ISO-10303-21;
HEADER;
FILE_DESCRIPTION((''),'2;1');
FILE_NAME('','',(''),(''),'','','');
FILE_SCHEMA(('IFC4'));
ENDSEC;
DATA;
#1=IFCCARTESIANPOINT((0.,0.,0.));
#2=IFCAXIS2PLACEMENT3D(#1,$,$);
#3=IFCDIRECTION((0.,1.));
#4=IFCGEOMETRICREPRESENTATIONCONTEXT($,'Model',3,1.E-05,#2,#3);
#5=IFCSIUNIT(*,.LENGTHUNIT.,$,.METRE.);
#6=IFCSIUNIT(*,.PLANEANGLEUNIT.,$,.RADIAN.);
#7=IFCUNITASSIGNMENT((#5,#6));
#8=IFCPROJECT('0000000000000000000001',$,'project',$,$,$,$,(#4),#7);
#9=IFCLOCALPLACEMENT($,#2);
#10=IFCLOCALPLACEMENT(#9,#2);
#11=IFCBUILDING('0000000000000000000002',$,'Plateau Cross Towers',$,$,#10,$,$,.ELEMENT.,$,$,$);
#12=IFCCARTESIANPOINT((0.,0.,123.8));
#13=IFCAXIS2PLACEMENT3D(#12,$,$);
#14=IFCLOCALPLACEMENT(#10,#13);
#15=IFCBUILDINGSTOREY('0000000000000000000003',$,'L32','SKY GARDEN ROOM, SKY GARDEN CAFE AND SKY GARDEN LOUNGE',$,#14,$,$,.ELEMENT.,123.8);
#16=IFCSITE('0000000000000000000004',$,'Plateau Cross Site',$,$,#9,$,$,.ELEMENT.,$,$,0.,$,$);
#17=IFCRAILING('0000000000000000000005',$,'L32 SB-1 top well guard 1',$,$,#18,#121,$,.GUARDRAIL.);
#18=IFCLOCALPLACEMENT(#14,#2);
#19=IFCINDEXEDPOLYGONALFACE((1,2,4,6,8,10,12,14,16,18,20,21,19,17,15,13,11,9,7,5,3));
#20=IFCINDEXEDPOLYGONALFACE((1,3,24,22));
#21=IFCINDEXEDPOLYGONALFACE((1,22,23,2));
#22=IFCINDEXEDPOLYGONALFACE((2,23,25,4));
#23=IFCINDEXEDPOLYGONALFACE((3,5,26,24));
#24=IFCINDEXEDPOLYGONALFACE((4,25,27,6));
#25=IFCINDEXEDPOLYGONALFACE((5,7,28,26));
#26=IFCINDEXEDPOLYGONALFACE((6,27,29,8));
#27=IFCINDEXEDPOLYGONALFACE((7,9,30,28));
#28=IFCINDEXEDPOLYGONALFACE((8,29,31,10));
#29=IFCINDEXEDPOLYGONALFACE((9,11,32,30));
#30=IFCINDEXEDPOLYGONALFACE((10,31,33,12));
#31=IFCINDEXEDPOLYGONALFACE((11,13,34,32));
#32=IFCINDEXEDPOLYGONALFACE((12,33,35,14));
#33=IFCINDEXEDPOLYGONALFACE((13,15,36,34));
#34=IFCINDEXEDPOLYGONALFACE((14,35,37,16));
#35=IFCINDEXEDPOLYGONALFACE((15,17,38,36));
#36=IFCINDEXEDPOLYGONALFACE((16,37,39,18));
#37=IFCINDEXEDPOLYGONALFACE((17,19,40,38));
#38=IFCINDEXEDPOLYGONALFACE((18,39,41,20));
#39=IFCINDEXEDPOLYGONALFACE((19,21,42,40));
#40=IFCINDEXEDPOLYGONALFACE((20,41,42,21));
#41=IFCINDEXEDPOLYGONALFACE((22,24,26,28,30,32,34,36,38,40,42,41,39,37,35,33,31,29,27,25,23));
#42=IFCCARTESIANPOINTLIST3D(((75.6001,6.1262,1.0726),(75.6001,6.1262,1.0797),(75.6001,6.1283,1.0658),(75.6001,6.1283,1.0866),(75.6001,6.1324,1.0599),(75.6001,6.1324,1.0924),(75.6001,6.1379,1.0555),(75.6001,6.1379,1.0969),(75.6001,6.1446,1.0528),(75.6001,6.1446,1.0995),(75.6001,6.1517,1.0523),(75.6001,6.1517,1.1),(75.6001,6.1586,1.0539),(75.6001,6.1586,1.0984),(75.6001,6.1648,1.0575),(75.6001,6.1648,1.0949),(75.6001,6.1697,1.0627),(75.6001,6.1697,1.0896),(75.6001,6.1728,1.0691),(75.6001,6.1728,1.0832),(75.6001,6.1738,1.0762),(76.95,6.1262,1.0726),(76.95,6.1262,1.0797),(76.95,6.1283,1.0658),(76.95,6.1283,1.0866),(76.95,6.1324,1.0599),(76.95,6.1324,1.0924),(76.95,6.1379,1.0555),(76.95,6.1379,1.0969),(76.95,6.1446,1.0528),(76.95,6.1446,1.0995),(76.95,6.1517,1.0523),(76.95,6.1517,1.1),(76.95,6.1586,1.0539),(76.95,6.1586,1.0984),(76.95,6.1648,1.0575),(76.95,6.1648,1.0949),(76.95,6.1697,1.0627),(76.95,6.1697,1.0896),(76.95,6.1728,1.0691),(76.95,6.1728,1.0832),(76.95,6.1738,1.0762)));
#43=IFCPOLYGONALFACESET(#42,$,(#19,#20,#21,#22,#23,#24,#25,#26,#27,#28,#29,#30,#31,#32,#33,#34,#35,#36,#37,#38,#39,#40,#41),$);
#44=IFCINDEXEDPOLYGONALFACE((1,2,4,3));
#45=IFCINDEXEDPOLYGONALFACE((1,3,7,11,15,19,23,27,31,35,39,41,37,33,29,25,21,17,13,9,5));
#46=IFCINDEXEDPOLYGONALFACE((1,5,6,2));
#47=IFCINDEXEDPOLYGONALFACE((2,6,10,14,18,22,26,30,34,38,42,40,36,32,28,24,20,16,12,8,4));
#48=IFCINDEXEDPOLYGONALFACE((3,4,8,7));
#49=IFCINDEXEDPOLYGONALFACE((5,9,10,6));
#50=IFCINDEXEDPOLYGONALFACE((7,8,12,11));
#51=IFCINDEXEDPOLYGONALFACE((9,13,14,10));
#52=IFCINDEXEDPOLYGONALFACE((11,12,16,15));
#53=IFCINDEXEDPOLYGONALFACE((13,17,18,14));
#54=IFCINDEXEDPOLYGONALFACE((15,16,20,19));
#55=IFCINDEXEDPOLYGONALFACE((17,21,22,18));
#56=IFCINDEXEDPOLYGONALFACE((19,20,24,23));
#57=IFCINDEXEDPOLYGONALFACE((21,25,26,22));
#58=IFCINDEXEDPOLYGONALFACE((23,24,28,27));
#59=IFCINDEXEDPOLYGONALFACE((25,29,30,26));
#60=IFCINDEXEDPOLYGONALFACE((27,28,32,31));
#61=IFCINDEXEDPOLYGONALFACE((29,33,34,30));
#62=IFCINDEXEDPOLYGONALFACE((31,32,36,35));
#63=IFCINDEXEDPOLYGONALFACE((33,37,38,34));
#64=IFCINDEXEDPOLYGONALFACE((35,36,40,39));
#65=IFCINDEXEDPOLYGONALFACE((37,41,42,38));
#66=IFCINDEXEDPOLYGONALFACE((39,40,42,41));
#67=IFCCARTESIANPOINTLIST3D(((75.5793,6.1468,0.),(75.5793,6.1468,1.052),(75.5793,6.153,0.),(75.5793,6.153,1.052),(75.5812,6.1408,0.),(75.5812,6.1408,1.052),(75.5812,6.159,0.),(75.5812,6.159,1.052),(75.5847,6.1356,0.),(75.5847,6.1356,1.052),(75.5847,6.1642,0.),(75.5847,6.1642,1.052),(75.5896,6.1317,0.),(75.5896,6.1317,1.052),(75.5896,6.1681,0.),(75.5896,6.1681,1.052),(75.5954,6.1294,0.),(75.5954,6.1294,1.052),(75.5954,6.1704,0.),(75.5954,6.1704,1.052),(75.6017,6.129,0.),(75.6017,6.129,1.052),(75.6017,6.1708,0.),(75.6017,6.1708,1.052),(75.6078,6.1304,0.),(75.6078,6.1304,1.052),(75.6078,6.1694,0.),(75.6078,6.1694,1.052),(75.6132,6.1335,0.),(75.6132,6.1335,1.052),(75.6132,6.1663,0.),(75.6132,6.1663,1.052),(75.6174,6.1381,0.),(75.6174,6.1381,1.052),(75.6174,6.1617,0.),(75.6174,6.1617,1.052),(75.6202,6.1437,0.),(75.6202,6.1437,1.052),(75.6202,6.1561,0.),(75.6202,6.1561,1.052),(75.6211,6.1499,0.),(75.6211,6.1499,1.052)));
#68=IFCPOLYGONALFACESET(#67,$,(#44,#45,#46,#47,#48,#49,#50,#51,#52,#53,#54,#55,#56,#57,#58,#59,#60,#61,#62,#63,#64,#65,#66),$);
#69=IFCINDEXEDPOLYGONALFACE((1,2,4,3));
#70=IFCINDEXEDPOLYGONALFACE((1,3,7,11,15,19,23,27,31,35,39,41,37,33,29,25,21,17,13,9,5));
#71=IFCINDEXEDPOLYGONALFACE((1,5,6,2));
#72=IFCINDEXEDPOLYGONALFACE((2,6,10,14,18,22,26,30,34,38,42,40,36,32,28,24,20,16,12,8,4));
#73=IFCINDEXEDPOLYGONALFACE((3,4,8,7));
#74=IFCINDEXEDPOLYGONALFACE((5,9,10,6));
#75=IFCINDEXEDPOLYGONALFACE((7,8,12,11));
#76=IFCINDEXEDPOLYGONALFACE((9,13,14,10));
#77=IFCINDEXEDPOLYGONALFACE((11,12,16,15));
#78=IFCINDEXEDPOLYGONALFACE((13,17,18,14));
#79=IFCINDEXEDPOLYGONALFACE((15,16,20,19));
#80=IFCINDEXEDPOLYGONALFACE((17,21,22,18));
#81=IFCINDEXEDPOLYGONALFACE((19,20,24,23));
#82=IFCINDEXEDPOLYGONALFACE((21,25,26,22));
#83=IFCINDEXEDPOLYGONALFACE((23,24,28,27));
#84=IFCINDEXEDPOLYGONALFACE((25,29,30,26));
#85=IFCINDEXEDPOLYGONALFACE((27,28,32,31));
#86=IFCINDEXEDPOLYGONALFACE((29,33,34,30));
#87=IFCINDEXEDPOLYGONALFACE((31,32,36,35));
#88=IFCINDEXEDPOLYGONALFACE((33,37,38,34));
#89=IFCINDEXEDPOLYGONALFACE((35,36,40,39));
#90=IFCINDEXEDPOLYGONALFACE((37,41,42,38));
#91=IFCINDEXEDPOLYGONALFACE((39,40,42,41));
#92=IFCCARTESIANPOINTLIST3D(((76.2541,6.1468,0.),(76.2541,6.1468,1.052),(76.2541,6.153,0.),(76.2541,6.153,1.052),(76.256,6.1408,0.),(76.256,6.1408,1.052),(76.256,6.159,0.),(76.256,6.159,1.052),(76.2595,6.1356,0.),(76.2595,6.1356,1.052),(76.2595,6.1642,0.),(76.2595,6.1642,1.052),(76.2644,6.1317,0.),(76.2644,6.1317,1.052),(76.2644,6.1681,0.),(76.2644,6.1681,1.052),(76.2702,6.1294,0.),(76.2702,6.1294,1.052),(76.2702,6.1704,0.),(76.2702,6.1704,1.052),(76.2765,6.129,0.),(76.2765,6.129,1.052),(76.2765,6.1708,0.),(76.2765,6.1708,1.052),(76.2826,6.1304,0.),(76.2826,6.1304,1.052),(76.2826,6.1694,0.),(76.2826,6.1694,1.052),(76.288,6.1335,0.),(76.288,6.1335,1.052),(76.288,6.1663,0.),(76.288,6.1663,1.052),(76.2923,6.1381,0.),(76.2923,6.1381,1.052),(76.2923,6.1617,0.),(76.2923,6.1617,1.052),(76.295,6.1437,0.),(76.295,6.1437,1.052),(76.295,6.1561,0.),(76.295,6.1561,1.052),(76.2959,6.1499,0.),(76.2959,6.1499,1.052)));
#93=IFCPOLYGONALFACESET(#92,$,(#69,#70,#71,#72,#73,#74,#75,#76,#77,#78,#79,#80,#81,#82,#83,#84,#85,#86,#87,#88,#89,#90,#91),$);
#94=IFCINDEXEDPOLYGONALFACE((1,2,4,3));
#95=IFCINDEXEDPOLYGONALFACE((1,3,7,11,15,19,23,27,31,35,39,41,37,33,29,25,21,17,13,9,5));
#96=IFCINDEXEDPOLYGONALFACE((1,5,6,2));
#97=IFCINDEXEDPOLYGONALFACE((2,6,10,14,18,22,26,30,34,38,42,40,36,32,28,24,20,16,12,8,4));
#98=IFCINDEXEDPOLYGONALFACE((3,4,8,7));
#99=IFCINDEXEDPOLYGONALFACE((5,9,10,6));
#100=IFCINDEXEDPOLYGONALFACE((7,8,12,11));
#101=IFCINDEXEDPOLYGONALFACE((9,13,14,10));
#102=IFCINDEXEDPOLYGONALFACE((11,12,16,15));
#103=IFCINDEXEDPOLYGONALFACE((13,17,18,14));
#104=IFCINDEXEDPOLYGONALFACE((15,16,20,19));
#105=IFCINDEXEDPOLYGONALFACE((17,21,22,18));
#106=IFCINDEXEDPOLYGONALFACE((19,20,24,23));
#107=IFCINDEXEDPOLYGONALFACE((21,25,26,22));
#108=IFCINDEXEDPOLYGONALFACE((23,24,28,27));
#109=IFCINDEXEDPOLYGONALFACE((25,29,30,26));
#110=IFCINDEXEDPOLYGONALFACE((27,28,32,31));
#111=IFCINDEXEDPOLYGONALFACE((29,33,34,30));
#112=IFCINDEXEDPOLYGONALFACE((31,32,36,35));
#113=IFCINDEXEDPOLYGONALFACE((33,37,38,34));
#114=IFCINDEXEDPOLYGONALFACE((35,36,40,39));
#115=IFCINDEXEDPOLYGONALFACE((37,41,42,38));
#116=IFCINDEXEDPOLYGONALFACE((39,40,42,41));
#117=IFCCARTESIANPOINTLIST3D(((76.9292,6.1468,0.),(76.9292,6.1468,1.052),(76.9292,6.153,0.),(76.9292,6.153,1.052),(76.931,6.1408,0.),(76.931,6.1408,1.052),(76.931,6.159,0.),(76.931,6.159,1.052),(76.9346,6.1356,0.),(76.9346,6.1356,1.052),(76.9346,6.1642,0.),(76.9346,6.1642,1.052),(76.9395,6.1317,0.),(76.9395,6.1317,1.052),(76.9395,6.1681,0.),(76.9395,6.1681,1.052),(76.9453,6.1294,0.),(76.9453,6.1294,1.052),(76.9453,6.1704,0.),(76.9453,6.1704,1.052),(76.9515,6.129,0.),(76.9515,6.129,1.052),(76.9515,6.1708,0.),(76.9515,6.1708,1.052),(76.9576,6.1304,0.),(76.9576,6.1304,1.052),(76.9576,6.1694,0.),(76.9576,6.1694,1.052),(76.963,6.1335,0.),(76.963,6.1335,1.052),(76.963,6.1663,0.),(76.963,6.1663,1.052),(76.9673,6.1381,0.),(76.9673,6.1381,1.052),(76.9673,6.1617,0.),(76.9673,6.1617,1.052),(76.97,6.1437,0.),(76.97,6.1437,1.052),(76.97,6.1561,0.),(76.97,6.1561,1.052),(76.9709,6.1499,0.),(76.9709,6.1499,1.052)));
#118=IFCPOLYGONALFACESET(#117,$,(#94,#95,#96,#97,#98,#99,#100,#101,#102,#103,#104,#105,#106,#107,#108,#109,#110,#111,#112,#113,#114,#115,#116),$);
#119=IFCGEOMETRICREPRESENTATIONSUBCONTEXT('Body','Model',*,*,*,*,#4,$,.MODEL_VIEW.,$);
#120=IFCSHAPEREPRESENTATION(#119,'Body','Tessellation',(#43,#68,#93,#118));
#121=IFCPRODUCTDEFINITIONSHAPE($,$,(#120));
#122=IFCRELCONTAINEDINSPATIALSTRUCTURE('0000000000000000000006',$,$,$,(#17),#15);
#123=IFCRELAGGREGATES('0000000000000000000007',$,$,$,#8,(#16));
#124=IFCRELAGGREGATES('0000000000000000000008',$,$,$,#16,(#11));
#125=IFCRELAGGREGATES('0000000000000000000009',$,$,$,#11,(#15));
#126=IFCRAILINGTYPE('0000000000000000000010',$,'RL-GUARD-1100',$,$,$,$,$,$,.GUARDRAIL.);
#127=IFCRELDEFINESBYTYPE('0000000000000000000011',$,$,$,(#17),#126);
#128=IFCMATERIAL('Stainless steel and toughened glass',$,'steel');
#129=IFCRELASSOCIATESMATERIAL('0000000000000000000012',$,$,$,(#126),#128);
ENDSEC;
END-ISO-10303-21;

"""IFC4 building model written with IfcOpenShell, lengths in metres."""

from ifc_helpers import new_model, si_unit, direction, frame, origin, origin_2d, place, context, subcontext, project, spatial, circle, extrude, material, type_object, element, save


model = new_model("IFC4")

# Units and contexts
model_context = context("Model", 3, precision=1e-05, world=origin(), true_north=direction((0.0, 1.0)))
body_context = subcontext(model_context, "Body", "Model", "MODEL_VIEW")
ifc_project = project(units=[si_unit("LENGTHUNIT", "METRE"), si_unit("PLANEANGLEUNIT", "RADIAN")], contexts=[model_context])

# Site, building, storey
site_placement = place(None, origin())
site = spatial("IfcSite", under=ifc_project, at=site_placement, Name="Plateau Cross Site", CompositionType="ELEMENT", RefElevation=0.0)
building_placement = place(site_placement, origin())
building = spatial("IfcBuilding", under=site, at=building_placement, Name="Plateau Cross Towers", CompositionType="ELEMENT")
storey_placement = place(building_placement, frame((0.0, 0.0, 123.8)))
storey = spatial("IfcBuildingStorey", under=building, at=storey_placement, Name="L32", Description="SKY GARDEN ROOM, SKY GARDEN CAFE AND SKY GARDEN LOUNGE", CompositionType="ELEMENT", Elevation=123.8)

# Railing
ifc_material_1 = material(Name="Stainless steel and toughened glass", Category="steel")
railing_type_1 = type_object("IfcRailingType", Name="RL-GUARD-1100", PredefinedType="GUARDRAIL", material=ifc_material_1)
railing_1_placement = place(storey_placement, frame((75.6001, 6.1499, 0.0)))
element("IfcRailing", 1, at=railing_1_placement, inside=storey, type_object=railing_type_1, Name="L32 SB-1 top well guard 1", PredefinedType="GUARDRAIL", context=body_context, shape_type="SweptSolid", body=[
    extrude(circle(Radius=0.0239, at=origin_2d()), frame((0.0, 0.0, 1.0762), z_axis=(1.0, 0.0, 0.0), x_axis=(0.0, 1.0, 0.0)), (0.0, 0.0, 1.0), 1.3499),
    extrude(circle(Radius=0.021, at=origin_2d()), origin(), (0.0, 0.0, 1.0), 1.052),
    extrude(circle(Radius=0.021, at=origin_2d()), frame((0.6748, 0.0, 0.0)), (0.0, 0.0, 1.0), 1.052),
    extrude(circle(Radius=0.021, at=origin_2d()), frame((1.3499, 0.0, 0.0)), (0.0, 0.0, 1.0), 1.052),
])

save(model, "model.ifc")
